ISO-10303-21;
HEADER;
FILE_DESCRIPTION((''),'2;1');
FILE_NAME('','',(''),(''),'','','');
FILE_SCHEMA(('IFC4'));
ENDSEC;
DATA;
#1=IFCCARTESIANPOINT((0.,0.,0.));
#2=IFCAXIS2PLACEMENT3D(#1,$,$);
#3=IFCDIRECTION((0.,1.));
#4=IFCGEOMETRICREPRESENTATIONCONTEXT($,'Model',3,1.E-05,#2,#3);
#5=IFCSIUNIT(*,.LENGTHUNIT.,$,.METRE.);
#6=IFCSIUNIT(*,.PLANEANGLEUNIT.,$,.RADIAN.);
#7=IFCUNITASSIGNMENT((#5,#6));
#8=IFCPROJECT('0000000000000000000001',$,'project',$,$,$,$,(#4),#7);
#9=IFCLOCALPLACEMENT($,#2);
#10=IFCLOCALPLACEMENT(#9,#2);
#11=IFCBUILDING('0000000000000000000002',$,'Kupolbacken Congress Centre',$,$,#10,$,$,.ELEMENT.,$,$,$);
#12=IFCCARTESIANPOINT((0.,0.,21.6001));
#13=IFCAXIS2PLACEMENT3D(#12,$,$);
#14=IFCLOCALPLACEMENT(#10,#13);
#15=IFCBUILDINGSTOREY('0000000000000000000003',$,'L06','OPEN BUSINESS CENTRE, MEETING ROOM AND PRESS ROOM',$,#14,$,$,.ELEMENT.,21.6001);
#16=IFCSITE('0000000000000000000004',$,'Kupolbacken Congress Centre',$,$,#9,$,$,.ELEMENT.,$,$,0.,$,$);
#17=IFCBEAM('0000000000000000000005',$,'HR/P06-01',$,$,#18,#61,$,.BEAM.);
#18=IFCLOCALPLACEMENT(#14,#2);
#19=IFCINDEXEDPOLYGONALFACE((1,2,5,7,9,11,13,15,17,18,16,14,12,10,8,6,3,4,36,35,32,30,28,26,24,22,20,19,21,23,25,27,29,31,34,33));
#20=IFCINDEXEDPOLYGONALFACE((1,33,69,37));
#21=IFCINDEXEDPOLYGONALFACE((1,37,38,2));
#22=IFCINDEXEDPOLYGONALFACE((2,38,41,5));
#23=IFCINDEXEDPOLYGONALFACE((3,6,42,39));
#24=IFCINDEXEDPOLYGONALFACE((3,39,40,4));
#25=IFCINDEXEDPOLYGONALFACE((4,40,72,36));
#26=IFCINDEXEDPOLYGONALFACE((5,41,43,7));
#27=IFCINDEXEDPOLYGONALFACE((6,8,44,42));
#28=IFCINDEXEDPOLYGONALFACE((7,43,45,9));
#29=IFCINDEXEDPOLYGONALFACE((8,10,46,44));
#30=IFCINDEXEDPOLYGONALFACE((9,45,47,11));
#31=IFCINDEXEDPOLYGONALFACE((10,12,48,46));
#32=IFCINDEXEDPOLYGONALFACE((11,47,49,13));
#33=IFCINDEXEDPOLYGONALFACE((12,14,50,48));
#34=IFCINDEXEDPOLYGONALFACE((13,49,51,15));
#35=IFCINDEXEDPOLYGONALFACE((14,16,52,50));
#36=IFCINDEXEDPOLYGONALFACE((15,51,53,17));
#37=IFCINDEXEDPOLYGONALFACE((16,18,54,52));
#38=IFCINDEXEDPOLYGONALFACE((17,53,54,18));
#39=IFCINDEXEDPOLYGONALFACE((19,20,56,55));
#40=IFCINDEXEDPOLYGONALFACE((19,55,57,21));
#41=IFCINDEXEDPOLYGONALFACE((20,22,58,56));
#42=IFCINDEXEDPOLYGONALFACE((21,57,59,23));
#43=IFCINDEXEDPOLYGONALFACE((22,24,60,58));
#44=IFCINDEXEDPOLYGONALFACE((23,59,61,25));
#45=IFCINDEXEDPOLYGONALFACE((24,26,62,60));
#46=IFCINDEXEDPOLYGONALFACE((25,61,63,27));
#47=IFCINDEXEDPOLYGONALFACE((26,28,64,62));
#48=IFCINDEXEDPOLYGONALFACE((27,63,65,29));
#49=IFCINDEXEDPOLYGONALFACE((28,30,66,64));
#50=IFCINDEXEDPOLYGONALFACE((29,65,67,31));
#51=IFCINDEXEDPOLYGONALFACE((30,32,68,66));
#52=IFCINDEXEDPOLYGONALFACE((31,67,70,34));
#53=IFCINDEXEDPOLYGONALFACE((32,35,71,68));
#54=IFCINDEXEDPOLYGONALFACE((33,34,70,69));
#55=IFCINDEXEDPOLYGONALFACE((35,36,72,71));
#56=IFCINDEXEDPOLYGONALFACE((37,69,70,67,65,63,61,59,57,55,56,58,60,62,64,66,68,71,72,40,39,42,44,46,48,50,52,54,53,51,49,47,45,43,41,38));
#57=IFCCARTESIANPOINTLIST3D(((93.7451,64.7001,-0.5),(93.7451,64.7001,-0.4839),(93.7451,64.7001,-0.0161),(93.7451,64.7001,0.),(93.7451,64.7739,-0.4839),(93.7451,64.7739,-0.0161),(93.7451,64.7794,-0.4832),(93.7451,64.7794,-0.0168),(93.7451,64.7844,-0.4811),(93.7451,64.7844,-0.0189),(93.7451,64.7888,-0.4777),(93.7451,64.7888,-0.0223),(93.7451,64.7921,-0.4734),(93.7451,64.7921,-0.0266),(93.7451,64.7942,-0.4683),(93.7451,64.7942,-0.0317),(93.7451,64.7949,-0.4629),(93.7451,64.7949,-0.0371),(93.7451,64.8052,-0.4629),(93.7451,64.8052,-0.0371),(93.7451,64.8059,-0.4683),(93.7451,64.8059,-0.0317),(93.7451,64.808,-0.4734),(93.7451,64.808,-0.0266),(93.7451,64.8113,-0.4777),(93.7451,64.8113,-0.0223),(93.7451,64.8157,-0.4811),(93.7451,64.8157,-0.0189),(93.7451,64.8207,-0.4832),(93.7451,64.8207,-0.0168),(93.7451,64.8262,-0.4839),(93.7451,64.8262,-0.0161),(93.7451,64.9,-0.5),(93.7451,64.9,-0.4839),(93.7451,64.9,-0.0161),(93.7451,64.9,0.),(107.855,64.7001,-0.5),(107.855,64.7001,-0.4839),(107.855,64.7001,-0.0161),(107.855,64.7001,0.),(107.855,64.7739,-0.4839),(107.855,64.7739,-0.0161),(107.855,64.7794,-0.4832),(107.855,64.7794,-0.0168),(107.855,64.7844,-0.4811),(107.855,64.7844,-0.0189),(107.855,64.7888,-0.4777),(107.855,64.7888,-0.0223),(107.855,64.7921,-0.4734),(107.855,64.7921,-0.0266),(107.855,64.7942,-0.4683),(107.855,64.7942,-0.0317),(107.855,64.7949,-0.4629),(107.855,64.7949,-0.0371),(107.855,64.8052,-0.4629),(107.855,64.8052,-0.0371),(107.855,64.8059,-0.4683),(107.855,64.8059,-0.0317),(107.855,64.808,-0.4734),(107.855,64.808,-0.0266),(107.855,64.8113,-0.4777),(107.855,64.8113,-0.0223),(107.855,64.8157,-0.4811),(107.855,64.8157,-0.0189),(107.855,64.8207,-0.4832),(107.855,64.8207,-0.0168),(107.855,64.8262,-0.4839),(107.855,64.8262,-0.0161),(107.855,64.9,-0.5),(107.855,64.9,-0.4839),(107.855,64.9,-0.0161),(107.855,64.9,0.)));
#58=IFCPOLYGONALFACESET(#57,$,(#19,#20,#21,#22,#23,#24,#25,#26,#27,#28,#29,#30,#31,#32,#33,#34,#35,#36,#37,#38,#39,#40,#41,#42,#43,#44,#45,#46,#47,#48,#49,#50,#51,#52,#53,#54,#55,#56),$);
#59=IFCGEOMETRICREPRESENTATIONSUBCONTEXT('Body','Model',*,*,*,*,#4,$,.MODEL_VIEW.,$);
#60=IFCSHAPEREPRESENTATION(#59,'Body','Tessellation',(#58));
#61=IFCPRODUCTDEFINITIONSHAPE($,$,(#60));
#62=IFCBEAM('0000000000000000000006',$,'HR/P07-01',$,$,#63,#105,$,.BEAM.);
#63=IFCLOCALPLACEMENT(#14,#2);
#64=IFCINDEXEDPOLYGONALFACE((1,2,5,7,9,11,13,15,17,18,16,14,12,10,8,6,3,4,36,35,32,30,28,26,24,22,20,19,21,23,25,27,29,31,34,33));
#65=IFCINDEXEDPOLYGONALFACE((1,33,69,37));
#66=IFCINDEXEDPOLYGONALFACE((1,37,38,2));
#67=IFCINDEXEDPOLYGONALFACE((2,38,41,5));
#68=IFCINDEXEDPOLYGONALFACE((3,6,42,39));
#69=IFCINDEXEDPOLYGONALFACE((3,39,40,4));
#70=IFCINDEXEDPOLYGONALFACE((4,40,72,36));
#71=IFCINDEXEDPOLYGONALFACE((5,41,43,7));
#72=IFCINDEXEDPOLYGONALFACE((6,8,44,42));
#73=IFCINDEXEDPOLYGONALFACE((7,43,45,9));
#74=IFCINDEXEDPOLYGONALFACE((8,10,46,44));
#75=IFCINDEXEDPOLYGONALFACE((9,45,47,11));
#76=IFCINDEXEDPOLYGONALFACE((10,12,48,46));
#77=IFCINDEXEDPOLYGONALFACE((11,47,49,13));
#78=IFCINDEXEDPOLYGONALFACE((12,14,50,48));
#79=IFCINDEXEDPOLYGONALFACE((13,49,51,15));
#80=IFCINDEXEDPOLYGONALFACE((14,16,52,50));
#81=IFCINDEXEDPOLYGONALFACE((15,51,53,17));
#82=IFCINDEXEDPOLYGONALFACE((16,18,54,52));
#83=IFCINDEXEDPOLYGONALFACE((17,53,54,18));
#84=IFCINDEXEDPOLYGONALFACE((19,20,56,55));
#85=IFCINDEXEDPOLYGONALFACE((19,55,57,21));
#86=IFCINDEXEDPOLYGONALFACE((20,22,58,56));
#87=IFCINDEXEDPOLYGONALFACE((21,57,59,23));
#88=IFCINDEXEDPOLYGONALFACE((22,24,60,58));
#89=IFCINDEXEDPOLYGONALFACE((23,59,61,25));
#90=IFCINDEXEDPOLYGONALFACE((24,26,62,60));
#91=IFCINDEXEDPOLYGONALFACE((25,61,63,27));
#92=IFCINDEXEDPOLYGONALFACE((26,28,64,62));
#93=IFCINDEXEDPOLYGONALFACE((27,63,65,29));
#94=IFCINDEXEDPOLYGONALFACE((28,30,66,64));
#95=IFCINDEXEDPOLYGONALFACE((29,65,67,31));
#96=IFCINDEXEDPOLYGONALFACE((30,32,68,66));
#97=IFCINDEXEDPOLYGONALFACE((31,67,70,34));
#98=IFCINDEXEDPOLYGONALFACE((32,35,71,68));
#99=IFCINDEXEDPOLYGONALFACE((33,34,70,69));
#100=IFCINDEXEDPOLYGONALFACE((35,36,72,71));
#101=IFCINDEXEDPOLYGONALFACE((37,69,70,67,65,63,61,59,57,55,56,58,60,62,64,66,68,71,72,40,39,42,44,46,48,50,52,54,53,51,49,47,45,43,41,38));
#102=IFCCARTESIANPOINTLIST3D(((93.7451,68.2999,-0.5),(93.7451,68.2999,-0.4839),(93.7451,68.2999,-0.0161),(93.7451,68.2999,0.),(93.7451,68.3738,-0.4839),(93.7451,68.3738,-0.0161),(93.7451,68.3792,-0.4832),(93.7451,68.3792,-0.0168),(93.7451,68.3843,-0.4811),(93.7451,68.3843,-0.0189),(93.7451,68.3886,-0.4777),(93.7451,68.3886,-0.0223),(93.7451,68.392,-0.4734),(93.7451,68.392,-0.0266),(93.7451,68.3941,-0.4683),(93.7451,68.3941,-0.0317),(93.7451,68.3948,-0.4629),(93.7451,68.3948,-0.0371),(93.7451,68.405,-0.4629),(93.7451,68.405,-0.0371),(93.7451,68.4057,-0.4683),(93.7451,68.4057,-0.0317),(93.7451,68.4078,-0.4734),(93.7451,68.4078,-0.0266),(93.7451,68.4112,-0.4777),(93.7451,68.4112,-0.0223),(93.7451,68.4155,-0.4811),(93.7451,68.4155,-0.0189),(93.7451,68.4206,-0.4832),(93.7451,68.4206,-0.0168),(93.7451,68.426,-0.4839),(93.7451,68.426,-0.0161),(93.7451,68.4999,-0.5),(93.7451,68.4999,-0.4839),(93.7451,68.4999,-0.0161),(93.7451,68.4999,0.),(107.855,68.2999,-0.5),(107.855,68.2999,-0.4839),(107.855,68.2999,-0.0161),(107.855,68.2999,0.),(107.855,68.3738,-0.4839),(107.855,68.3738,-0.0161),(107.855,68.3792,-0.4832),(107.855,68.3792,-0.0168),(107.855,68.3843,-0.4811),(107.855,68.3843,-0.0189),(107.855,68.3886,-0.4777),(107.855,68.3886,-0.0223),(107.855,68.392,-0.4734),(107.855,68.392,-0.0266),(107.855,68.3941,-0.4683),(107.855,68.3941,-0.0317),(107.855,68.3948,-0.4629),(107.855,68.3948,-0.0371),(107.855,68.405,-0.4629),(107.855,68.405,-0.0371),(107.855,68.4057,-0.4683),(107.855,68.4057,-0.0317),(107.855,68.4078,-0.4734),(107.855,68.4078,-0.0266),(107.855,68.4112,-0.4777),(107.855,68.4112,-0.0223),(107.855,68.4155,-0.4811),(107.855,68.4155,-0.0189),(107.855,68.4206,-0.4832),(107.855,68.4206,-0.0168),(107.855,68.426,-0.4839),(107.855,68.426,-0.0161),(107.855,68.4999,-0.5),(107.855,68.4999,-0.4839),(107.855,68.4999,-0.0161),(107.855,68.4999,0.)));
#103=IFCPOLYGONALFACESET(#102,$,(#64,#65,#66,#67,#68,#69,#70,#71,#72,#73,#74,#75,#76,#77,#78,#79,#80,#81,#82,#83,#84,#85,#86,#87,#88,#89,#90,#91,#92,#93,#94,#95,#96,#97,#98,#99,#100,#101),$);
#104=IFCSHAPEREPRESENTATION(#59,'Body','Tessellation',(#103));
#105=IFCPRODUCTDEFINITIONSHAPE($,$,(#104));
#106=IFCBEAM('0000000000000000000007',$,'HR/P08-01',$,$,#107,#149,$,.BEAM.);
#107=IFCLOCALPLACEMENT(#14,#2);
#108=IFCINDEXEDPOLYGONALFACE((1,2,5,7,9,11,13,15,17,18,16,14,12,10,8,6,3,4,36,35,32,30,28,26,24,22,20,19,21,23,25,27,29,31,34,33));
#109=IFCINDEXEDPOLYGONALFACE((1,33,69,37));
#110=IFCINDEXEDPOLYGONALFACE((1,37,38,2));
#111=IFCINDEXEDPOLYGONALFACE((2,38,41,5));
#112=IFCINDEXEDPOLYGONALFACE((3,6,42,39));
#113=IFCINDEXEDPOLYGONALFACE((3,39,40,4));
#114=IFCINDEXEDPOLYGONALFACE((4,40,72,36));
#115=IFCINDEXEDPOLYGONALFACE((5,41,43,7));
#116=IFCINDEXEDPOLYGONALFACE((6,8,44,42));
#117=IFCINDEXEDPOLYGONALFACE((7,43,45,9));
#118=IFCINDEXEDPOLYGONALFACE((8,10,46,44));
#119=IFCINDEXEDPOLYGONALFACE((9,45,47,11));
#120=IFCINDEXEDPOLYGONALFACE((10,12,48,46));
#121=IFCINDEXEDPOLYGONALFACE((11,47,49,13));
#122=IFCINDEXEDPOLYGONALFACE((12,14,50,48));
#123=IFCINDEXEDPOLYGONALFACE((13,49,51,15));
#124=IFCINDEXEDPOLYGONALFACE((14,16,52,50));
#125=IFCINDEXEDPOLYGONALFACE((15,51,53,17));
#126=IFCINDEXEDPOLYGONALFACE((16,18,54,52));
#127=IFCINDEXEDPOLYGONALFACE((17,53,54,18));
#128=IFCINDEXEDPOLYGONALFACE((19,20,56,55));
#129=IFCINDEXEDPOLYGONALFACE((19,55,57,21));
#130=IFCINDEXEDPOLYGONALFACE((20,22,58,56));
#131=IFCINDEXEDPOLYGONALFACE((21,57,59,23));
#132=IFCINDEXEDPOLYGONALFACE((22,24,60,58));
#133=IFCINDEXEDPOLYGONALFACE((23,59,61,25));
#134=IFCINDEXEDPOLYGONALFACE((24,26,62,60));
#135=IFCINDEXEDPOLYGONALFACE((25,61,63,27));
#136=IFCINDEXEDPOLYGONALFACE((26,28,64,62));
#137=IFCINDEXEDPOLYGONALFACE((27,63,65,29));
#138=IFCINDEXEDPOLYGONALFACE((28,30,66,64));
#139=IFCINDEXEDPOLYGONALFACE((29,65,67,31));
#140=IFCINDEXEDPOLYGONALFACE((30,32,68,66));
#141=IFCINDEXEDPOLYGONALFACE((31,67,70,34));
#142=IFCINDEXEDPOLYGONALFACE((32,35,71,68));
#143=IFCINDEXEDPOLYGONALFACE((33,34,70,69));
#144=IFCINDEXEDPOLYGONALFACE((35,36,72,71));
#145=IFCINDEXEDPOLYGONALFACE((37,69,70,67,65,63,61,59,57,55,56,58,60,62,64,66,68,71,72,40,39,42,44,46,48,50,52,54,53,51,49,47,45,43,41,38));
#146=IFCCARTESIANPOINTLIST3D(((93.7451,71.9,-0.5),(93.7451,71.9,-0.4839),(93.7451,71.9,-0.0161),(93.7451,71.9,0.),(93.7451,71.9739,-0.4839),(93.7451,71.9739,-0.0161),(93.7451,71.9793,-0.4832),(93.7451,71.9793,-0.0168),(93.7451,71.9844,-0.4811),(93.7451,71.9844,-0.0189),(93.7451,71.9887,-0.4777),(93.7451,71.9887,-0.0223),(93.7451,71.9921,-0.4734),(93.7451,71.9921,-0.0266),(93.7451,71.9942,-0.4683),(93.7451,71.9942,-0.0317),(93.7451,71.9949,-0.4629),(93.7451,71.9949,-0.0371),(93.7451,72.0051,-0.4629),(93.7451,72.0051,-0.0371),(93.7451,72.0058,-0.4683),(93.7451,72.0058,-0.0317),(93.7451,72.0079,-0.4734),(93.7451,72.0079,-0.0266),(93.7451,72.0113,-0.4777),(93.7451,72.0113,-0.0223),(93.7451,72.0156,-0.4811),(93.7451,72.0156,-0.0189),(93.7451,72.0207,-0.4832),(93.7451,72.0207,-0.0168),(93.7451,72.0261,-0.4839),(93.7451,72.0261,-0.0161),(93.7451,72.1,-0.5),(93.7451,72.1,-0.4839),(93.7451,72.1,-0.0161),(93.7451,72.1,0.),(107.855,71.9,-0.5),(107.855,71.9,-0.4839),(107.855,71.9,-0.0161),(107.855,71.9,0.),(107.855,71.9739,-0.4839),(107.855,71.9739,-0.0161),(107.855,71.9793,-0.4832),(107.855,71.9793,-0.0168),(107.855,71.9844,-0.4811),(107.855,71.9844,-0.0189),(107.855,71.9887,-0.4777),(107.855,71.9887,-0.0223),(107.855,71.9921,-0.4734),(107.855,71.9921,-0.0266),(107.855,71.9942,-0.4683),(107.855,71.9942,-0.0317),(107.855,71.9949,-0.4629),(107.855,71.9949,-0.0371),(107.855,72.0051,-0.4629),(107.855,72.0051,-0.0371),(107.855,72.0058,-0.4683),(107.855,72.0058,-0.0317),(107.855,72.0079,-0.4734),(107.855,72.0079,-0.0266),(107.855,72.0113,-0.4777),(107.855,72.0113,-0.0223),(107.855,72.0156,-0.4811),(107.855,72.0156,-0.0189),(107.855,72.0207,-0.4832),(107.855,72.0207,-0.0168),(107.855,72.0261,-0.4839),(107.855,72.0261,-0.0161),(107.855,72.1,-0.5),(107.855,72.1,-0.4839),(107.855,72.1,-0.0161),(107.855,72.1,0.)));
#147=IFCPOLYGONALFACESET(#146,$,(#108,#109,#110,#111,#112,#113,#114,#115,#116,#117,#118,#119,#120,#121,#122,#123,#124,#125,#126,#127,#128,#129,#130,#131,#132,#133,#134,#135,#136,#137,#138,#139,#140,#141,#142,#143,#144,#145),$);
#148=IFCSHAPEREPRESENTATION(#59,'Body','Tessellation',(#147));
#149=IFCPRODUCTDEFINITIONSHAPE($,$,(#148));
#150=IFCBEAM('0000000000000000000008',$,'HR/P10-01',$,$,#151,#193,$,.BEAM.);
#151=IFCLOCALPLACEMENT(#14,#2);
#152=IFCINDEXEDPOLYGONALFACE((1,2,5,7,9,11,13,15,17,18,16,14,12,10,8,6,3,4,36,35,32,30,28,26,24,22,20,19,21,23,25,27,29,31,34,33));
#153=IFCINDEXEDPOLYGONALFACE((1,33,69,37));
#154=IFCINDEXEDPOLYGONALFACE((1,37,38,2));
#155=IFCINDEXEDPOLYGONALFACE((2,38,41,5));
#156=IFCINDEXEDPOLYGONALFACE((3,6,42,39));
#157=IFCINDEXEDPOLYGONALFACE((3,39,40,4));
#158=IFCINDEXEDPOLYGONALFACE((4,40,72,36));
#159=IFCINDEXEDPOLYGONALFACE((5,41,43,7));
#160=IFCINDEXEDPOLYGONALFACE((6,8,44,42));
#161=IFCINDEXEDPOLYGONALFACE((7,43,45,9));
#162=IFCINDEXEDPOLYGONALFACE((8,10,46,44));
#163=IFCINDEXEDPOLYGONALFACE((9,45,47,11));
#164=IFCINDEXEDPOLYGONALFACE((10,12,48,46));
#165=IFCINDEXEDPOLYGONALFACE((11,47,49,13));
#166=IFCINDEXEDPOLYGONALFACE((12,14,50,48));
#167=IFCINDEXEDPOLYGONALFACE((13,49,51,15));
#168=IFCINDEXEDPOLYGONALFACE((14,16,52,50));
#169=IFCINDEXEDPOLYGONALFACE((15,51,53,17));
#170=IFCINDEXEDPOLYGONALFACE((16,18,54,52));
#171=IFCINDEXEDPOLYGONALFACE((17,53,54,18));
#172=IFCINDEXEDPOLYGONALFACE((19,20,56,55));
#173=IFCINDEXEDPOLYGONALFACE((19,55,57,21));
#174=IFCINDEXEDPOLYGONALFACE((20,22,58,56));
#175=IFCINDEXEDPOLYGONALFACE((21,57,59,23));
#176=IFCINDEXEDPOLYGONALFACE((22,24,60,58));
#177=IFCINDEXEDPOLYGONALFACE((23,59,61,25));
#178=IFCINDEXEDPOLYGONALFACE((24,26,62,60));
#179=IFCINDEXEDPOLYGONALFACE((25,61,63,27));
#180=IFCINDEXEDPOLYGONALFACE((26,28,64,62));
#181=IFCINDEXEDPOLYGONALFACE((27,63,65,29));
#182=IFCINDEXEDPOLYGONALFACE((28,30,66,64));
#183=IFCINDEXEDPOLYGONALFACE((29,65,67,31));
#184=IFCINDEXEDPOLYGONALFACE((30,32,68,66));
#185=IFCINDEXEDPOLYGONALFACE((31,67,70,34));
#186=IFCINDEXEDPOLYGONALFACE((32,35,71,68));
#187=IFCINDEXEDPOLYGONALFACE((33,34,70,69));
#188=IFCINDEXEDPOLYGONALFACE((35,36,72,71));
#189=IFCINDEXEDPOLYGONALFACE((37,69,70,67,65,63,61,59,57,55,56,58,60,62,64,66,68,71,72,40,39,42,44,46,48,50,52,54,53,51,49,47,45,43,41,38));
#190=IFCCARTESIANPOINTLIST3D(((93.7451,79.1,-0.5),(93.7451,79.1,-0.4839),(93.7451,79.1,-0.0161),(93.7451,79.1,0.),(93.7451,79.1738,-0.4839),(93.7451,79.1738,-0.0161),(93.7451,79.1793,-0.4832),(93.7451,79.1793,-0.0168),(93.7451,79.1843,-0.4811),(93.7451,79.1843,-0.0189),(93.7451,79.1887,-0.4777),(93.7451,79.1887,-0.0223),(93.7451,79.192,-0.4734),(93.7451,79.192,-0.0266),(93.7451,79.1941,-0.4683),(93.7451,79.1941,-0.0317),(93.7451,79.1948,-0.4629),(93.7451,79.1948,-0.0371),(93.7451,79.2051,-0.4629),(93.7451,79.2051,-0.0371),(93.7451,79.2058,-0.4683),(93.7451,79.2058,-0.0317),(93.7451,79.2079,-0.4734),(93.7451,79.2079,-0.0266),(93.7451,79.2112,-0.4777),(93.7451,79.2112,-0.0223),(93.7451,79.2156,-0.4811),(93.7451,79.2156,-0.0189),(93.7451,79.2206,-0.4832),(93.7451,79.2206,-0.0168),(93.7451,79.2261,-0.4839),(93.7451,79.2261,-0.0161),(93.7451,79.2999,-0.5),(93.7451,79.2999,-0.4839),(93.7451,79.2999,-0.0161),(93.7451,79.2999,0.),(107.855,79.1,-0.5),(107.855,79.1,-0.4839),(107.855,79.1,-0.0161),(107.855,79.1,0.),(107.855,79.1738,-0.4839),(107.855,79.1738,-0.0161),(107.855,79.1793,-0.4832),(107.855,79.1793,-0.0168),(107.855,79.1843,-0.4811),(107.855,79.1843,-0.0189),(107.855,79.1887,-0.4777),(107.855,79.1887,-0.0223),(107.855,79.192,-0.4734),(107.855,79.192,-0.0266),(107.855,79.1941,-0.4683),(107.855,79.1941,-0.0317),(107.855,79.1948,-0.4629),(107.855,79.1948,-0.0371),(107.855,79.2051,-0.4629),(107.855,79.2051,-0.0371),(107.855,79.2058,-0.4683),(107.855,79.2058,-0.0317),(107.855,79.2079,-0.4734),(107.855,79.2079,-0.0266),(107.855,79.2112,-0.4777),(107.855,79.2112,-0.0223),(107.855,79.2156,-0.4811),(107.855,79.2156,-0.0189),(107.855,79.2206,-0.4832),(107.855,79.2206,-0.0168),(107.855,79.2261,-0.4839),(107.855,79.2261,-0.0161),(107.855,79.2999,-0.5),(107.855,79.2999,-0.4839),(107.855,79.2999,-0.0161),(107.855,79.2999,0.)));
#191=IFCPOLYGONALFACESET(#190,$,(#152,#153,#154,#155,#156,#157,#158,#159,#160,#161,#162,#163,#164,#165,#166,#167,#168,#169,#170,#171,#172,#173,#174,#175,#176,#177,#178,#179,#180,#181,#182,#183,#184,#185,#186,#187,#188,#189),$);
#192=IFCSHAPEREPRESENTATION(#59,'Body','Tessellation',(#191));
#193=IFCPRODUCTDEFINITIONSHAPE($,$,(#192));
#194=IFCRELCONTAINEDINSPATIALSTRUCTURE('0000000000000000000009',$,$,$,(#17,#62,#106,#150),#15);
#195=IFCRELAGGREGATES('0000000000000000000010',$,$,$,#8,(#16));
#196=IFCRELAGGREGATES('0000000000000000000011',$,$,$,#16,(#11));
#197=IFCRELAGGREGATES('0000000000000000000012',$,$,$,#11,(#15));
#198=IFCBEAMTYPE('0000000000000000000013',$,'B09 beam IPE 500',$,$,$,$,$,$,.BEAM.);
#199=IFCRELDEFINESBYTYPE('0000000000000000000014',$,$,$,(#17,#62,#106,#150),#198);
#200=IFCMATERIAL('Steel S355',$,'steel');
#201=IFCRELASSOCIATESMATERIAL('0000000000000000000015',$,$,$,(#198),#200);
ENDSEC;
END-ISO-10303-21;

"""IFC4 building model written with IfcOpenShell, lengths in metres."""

from ifc_helpers import new_model, si_unit, direction, frame, origin, origin_2d, place, context, subcontext, project, spatial, i_section, extrude, material, material_profile, profile_set, type_object, element, save


model = new_model("IFC4")

# Units and contexts
model_context = context("Model", 3, precision=1e-05, world=origin(), true_north=direction((0.0, 1.0)))
body_context = subcontext(model_context, "Body", "Model", "MODEL_VIEW")
ifc_project = project(units=[si_unit("LENGTHUNIT", "METRE"), si_unit("PLANEANGLEUNIT", "RADIAN")], contexts=[model_context])

# Site, building, storey
site_placement = place(None, origin())
site = spatial("IfcSite", under=ifc_project, at=site_placement, Name="Kupolbacken Congress Centre", CompositionType="ELEMENT", RefElevation=0.0)
building_placement = place(site_placement, origin())
building = spatial("IfcBuilding", under=site, at=building_placement, Name="Kupolbacken Congress Centre", CompositionType="ELEMENT")
storey_placement = place(building_placement, frame((0.0, 0.0, 21.6001)))
storey = spatial("IfcBuildingStorey", under=building, at=storey_placement, Name="L06", Description="OPEN BUSINESS CENTRE, MEETING ROOM AND PRESS ROOM", CompositionType="ELEMENT", Elevation=21.6001)

# Beams
ifc_material_1 = material(Name="Steel S355", Category="steel")
ifc_material_profile_1 = material_profile(ifc_material_1, i_section(OverallWidth=0.2, OverallDepth=0.5, WebThickness=0.0103, FlangeThickness=0.0161, FilletRadius=0.021, at=origin_2d()), Name="IPE 500")
ifc_profile_set_1 = profile_set([ifc_material_profile_1], Name="Steel S355")
beam_type_1 = type_object("IfcBeamType", Name="B09 beam IPE 500", PredefinedType="BEAM", material=ifc_profile_set_1)
for number, where, z_axis, x_axis, name in (
    (1, (93.7451, 64.8, -0.25), (1.0, 0.0, 0.0), (0.0, 1.0, 0.0), "HR/P06-01"),
    (2, (93.7451, 68.3999, -0.25), (1.0, 0.0, 0.0), (0.0, 1.0, 0.0), "HR/P07-01"),
    (3, (93.7451, 72.0, -0.25), (1.0, 0.0, 0.0), (0.0, 1.0, 0.0), "HR/P08-01"),
    (4, (93.7451, 79.2, -0.25), (1.0, 0.0, 0.0), (0.0, 1.0, 0.0), "HR/P10-01"),
):
    element("IfcBeam", number, at=place(storey_placement, frame(where, z_axis=z_axis, x_axis=x_axis)), inside=storey, type_object=beam_type_1, Name=name, PredefinedType="BEAM", context=body_context, shape_type="SweptSolid", body=[
        extrude(i_section(OverallWidth=0.2, OverallDepth=0.5, WebThickness=0.0103, FlangeThickness=0.0161, FilletRadius=0.021, at=origin_2d()), origin(), (0.0, 0.0, 1.0), 14.1099),
    ])

save(model, "model.ifc")
